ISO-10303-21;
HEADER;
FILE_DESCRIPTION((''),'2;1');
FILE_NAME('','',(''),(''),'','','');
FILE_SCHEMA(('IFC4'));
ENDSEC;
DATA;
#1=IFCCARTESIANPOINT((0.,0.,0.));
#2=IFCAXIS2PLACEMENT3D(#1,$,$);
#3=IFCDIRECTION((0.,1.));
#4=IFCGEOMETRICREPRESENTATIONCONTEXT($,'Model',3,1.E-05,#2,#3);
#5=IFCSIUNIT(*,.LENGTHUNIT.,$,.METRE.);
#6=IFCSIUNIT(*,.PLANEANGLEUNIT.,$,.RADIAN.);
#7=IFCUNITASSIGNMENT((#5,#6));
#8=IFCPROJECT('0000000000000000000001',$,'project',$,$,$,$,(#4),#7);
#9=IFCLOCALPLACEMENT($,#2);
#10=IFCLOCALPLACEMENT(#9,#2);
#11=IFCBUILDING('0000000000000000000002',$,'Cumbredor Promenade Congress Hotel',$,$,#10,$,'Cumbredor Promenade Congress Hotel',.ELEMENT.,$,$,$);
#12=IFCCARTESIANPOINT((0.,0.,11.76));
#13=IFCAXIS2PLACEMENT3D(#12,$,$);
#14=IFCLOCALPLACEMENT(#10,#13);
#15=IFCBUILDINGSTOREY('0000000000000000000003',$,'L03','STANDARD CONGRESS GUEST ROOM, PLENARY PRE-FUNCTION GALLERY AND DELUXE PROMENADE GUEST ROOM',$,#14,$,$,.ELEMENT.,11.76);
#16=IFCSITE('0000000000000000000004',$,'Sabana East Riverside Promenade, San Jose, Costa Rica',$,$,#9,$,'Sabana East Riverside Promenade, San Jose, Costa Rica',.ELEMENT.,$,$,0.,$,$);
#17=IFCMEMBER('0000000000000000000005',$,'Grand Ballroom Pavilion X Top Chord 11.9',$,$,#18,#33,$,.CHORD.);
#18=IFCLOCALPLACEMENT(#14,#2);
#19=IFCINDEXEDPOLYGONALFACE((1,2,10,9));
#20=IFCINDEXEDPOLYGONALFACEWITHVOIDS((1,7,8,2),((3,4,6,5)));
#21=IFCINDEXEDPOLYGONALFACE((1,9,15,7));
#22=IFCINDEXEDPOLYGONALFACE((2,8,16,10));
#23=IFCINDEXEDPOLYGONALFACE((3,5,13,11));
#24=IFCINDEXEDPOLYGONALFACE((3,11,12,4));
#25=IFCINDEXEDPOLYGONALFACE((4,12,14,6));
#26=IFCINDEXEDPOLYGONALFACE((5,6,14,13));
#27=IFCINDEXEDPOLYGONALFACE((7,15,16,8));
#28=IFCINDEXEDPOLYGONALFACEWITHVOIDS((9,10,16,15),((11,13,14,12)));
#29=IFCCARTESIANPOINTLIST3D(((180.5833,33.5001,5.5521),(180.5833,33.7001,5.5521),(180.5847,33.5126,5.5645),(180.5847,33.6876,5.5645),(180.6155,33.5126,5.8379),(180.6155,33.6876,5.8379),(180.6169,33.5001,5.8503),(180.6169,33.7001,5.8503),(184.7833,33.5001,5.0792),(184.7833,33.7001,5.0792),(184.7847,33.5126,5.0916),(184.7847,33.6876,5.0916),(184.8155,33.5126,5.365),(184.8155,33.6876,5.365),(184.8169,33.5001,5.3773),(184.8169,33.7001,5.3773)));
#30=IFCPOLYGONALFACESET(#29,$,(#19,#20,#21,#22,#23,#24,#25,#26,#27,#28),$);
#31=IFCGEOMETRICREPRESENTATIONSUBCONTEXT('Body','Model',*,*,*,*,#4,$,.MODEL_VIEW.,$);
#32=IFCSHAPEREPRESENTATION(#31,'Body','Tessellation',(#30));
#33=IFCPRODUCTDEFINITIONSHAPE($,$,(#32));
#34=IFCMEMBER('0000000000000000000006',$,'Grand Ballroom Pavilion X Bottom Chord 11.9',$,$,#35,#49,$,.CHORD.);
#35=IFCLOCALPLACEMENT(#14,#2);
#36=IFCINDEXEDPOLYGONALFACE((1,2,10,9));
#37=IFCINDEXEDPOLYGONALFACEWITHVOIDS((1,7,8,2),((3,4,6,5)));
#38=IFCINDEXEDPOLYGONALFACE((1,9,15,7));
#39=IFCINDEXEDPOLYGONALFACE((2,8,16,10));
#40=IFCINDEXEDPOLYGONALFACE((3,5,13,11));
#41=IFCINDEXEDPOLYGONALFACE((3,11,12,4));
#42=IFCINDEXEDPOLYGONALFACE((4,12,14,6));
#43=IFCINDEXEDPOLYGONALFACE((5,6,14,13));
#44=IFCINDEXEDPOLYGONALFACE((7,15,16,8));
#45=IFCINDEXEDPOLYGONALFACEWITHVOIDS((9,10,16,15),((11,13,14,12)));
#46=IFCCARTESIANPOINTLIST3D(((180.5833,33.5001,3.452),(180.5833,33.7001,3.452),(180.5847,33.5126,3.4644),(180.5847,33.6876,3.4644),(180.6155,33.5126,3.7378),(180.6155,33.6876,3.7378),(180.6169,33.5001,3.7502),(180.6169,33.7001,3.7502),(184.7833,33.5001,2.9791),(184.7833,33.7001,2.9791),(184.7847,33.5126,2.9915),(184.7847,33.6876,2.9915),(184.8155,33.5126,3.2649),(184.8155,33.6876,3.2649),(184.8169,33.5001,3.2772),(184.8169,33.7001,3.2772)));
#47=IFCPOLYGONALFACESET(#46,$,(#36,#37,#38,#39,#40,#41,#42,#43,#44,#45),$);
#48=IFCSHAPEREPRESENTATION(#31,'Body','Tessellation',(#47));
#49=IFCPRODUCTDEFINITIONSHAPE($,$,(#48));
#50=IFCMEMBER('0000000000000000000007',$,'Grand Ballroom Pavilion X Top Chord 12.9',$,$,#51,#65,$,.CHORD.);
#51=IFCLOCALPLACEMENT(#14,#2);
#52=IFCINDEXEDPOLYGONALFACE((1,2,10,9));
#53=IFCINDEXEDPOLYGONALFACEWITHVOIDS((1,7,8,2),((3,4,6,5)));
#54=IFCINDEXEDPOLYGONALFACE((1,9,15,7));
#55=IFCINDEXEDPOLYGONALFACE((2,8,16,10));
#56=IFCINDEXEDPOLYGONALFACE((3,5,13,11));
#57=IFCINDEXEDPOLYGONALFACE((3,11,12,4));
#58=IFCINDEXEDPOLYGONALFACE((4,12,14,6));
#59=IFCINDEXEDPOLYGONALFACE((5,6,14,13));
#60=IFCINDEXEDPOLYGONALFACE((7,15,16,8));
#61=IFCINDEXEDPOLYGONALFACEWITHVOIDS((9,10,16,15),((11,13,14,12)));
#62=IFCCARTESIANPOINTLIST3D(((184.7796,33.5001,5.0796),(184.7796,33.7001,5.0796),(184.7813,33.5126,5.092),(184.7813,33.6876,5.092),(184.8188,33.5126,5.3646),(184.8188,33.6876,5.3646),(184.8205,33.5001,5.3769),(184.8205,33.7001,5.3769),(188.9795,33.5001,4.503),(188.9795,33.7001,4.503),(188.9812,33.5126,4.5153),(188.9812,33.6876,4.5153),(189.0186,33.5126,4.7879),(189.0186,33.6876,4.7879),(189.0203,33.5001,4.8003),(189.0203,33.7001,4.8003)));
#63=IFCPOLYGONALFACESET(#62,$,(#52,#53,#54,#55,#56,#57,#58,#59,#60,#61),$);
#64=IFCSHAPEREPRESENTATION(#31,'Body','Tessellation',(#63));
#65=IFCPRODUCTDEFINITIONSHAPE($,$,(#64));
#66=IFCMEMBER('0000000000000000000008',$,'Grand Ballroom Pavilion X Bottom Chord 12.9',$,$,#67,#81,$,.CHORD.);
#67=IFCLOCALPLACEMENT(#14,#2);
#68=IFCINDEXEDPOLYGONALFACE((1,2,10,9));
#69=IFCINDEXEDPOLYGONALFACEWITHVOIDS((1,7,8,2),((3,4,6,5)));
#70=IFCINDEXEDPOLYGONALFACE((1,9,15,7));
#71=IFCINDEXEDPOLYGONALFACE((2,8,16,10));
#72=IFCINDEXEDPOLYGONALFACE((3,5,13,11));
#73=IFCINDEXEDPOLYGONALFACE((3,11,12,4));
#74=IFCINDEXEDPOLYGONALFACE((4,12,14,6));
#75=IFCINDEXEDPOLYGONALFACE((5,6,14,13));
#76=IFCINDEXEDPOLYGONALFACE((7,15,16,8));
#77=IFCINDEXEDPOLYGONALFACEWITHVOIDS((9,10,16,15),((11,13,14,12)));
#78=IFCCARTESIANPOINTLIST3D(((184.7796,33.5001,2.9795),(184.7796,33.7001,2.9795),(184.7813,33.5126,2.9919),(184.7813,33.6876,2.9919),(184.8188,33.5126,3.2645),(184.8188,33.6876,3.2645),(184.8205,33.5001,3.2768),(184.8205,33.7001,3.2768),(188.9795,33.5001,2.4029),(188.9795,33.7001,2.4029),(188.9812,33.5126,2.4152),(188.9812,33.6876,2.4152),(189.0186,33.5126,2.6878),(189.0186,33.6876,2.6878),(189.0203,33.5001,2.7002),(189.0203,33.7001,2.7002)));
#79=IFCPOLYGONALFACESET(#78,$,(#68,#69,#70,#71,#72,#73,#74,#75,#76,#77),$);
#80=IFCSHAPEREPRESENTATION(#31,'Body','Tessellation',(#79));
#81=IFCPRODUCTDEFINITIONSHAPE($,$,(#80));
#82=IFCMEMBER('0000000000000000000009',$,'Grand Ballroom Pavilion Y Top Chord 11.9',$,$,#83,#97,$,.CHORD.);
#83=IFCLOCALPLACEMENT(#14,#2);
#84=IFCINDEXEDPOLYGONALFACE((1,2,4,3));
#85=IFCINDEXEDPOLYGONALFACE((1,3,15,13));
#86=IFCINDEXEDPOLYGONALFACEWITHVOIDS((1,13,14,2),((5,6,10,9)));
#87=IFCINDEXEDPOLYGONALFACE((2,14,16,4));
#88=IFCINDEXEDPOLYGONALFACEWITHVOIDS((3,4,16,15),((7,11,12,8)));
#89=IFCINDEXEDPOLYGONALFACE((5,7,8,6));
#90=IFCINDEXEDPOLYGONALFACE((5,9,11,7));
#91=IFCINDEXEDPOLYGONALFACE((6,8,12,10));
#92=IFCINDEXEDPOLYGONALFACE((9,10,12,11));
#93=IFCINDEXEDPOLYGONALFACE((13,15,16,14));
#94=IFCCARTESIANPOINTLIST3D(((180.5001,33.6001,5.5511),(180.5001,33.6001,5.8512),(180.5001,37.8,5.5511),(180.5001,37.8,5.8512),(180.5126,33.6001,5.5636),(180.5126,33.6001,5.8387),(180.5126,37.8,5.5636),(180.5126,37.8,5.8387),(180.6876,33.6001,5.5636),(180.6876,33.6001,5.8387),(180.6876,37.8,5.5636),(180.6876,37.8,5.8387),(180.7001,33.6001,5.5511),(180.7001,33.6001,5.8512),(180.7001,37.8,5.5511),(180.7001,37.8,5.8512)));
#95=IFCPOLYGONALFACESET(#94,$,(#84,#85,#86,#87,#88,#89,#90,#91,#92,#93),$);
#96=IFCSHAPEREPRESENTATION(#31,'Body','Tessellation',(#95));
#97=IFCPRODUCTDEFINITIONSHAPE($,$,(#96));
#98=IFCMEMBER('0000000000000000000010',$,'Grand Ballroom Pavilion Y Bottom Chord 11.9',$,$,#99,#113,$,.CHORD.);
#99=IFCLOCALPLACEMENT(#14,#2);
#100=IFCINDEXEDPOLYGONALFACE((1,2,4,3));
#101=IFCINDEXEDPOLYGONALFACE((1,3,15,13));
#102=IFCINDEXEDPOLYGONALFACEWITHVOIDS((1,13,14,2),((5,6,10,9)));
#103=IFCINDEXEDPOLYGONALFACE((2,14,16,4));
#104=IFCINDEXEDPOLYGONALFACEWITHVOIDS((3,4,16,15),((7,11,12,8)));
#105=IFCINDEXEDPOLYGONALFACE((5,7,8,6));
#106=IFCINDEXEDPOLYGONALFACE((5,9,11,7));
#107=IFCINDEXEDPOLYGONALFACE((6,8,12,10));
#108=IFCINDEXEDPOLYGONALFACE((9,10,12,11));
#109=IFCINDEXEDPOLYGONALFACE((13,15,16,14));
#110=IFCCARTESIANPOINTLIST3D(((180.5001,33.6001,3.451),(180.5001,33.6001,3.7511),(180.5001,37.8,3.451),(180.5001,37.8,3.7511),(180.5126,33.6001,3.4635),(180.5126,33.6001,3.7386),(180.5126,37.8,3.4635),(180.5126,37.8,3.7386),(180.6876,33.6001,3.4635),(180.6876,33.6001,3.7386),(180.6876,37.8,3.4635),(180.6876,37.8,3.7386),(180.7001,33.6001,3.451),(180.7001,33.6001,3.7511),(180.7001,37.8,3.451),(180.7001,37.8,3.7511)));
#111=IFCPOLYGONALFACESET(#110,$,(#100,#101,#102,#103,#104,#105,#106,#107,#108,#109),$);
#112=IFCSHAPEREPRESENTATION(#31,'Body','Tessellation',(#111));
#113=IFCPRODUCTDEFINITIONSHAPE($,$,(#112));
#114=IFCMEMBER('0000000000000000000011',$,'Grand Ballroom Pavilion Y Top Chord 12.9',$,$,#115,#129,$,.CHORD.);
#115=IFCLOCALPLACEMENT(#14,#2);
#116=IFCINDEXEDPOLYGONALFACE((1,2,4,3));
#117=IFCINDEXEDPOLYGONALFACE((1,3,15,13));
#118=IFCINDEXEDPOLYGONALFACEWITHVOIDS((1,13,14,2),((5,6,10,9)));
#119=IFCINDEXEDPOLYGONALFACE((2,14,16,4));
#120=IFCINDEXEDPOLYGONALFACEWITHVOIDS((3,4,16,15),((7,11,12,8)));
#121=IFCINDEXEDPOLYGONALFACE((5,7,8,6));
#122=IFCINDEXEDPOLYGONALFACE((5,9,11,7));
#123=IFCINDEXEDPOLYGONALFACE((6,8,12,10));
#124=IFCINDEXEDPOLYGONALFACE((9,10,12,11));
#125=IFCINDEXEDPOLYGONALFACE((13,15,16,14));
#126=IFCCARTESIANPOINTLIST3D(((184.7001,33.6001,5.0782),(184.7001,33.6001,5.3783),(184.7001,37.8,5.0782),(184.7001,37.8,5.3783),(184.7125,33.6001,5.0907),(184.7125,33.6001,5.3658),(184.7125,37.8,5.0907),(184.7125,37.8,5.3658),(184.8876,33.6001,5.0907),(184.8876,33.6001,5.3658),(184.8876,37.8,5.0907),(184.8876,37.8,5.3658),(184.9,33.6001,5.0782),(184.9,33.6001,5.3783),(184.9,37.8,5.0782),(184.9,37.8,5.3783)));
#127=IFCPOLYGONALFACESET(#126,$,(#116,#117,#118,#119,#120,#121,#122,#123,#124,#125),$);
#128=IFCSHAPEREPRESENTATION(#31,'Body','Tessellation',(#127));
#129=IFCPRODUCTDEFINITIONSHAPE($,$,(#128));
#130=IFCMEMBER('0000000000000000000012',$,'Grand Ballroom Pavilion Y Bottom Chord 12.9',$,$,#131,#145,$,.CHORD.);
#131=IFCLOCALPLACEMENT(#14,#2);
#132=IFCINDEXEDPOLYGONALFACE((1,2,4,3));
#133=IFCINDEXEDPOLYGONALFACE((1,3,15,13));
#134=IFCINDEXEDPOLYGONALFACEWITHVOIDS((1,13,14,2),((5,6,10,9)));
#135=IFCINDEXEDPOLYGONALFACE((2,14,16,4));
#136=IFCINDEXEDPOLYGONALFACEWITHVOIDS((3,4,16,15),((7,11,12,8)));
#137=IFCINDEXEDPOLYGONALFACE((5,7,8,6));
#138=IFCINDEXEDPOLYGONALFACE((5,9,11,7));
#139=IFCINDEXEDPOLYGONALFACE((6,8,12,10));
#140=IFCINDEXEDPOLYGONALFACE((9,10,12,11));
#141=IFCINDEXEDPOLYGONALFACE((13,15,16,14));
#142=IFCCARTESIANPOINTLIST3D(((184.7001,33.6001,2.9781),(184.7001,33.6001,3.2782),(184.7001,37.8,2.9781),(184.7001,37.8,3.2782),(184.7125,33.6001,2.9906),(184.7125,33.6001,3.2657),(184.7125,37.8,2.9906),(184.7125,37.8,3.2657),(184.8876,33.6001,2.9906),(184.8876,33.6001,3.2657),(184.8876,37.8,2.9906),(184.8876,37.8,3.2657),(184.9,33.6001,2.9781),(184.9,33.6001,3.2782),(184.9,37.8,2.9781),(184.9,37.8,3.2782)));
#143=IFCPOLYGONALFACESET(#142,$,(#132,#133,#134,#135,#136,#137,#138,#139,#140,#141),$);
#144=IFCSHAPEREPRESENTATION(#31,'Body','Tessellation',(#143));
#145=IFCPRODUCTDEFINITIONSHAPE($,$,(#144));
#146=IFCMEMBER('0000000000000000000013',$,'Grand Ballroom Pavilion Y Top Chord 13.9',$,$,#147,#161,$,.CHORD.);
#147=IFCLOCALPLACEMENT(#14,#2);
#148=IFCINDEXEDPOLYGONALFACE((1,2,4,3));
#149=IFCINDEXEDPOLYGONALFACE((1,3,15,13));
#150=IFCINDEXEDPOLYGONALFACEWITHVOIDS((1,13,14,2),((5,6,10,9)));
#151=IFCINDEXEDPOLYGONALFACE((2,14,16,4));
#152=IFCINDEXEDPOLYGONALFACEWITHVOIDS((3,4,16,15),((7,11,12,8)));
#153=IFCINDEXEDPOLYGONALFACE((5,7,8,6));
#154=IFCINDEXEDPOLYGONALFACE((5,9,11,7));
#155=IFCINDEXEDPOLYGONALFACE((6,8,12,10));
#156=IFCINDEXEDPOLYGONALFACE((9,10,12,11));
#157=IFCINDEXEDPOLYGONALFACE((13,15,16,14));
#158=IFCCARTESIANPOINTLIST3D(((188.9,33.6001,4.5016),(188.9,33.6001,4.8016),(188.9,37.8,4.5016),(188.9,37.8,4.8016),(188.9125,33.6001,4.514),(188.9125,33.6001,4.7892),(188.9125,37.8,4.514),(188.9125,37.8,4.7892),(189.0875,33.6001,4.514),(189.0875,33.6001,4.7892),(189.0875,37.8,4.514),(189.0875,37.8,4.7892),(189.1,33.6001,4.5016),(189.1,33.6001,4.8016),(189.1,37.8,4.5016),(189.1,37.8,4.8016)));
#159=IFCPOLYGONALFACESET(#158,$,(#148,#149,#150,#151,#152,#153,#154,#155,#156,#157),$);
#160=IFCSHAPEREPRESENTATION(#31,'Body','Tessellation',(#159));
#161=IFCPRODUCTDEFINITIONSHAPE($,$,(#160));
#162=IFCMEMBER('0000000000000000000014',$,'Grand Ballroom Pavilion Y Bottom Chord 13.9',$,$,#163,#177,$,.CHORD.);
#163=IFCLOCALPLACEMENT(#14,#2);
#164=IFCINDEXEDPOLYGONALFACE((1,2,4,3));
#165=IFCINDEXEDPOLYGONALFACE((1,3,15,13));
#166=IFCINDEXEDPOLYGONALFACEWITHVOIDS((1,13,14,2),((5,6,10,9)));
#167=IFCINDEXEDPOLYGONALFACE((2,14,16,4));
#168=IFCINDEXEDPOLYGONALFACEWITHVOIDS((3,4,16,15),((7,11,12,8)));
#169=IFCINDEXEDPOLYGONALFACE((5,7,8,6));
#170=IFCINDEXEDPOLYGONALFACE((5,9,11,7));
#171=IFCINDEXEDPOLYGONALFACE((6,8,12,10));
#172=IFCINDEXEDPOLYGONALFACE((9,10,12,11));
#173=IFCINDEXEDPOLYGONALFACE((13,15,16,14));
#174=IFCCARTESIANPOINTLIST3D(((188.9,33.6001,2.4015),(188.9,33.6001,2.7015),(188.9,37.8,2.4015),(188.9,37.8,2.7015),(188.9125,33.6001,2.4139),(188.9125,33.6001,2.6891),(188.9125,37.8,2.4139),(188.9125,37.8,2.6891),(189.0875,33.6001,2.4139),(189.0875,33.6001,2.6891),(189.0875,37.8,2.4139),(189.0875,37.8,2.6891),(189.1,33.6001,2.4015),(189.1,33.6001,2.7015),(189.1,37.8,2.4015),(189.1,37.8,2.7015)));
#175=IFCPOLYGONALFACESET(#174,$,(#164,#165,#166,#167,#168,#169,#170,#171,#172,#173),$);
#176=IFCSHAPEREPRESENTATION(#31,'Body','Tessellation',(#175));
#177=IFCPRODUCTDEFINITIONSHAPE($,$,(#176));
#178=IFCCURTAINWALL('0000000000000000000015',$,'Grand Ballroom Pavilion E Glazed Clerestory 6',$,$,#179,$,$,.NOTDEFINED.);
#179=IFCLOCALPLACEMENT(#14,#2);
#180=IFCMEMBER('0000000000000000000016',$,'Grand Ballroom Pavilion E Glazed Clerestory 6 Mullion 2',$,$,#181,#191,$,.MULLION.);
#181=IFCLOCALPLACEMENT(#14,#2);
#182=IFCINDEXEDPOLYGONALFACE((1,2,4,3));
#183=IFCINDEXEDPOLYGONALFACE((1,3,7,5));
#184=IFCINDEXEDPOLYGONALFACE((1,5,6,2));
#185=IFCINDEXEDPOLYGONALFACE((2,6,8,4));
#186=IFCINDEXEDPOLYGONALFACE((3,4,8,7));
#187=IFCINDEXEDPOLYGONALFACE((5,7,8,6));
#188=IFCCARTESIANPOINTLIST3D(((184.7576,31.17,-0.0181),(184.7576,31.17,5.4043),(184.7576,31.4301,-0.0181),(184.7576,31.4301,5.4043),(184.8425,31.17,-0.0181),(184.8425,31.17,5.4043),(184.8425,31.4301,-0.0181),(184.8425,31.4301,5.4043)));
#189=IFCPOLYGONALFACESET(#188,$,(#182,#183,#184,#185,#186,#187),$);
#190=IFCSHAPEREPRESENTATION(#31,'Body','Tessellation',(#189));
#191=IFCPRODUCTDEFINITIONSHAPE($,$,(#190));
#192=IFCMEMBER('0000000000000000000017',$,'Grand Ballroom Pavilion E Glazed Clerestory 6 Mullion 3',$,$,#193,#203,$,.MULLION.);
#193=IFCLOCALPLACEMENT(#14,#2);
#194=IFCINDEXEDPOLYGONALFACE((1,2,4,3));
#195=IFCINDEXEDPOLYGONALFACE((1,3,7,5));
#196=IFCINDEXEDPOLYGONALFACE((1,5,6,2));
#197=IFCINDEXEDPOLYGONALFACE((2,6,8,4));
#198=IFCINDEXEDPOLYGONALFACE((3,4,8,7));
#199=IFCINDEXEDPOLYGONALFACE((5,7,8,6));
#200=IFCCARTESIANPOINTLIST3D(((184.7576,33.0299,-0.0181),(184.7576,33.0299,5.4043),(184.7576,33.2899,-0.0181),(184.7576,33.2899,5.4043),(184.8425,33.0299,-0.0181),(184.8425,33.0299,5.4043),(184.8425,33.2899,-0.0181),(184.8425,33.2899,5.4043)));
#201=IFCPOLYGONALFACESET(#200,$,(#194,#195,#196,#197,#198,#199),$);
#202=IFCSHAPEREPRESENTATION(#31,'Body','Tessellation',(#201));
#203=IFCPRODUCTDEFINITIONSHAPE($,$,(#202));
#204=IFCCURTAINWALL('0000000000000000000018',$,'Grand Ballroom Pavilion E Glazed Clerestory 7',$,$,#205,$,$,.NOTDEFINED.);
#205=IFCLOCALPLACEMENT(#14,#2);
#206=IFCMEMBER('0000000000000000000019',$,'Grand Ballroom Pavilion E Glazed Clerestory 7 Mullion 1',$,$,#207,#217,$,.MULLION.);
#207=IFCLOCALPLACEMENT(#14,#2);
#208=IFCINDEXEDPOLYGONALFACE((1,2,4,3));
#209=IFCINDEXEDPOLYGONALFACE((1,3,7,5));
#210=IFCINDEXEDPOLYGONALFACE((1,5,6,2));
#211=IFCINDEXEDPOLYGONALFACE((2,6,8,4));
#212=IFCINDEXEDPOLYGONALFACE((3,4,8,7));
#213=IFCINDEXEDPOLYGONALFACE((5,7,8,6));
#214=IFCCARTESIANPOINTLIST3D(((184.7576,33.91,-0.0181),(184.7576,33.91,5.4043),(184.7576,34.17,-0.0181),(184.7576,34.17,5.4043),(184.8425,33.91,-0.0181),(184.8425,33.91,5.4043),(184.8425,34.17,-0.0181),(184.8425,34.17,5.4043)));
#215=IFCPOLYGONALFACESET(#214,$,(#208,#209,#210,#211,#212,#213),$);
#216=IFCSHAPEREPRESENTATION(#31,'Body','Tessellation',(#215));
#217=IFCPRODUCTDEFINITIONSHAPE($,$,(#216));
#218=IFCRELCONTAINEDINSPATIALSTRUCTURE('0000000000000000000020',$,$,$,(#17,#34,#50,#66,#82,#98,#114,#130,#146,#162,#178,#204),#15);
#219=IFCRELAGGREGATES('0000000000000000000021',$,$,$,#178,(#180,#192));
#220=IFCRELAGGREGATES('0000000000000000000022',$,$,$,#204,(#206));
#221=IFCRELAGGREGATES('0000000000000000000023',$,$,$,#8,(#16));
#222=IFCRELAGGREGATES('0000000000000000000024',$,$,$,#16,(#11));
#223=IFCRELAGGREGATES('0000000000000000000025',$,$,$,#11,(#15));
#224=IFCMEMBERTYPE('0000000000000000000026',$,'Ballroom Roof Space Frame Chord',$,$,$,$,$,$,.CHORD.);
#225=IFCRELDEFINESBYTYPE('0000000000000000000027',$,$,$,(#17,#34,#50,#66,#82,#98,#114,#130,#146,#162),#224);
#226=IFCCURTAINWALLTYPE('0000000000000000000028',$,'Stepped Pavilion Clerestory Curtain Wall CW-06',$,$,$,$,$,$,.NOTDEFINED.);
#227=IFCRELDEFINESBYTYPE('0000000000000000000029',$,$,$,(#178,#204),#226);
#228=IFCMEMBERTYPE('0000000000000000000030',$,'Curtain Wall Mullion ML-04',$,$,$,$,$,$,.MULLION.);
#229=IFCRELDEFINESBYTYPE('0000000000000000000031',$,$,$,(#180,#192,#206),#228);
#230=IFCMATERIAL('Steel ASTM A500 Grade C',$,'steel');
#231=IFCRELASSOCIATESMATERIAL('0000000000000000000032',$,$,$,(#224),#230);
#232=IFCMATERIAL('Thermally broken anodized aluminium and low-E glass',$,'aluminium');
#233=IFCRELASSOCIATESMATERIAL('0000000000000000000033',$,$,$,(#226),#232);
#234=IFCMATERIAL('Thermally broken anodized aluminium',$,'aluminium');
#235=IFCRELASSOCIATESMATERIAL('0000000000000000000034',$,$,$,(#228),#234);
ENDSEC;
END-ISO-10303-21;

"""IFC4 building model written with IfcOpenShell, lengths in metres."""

from ifc_helpers import new_model, si_unit, direction, frame, origin, origin_2d, place, context, subcontext, project, spatial, rectangle, hollow_rectangle, extrude, material, material_profile, profile_set, type_object, element, aggregate, save


model = new_model("IFC4")

# Units and contexts
model_context = context("Model", 3, precision=1e-05, world=origin(), true_north=direction((0.0, 1.0)))
body_context = subcontext(model_context, "Body", "Model", "MODEL_VIEW")
ifc_project = project(units=[si_unit("LENGTHUNIT", "METRE"), si_unit("PLANEANGLEUNIT", "RADIAN")], contexts=[model_context])

# Site, building, storey
site_placement = place(None, origin())
site = spatial("IfcSite", under=ifc_project, at=site_placement, Name="Sabana East Riverside Promenade, San Jose, Costa Rica", LongName="Sabana East Riverside Promenade, San Jose, Costa Rica", CompositionType="ELEMENT", RefElevation=0.0)
building_placement = place(site_placement, origin())
building = spatial("IfcBuilding", under=site, at=building_placement, Name="Cumbredor Promenade Congress Hotel", LongName="Cumbredor Promenade Congress Hotel", CompositionType="ELEMENT")
storey_placement = place(building_placement, frame((0.0, 0.0, 11.76)))
storey = spatial("IfcBuildingStorey", under=building, at=storey_placement, Name="L03", Description="STANDARD CONGRESS GUEST ROOM, PLENARY PRE-FUNCTION GALLERY AND DELUXE PROMENADE GUEST ROOM", CompositionType="ELEMENT", Elevation=11.76)

# Members
ifc_material_1 = material(Name="Steel ASTM A500 Grade C", Category="steel")
ifc_material_profile_1 = material_profile(ifc_material_1, hollow_rectangle(XDim=0.2, YDim=0.3, WallThickness=0.0125, at=origin_2d()), Name="HSS 300x200x12.5")
ifc_profile_set_1 = profile_set([ifc_material_profile_1], Name="Steel ASTM A500 Grade C")
member_type_1 = type_object("IfcMemberType", Name="Ballroom Roof Space Frame Chord", PredefinedType="CHORD", material=ifc_profile_set_1)
for number, where, z_axis, x_axis, name in (
    (1, (180.6001, 33.6001, 5.7012), (0.993721, 0.0, -0.11189), (0.0, 1.0, 0.0), "Grand Ballroom Pavilion X Top Chord 11.9"),
    (2, (180.6001, 33.6001, 3.6011), (0.993721, 0.0, -0.11189), (0.0, 1.0, 0.0), "Grand Ballroom Pavilion X Bottom Chord 11.9"),
):
    element("IfcMember", number, at=place(storey_placement, frame(where, z_axis=z_axis, x_axis=x_axis)), inside=storey, type_object=member_type_1, Name=name, PredefinedType="CHORD", context=body_context, shape_type="SweptSolid", body=[
        extrude(hollow_rectangle(XDim=0.2, YDim=0.3, WallThickness=0.0125, at=origin_2d()), origin(), (0.0, 0.0, 1.0), 4.2266),
    ])
for number, where, z_axis, x_axis, name in (
    (3, (184.8, 33.6001, 5.2283), (0.990705, 0.0, -0.136025), (0.0, 1.0, 0.0), "Grand Ballroom Pavilion X Top Chord 12.9"),
    (4, (184.8, 33.6001, 3.1282), (0.990705, 0.0, -0.136025), (0.0, 1.0, 0.0), "Grand Ballroom Pavilion X Bottom Chord 12.9"),
):
    element("IfcMember", number, at=place(storey_placement, frame(where, z_axis=z_axis, x_axis=x_axis)), inside=storey, type_object=member_type_1, Name=name, PredefinedType="CHORD", context=body_context, shape_type="SweptSolid", body=[
        extrude(hollow_rectangle(XDim=0.2, YDim=0.3, WallThickness=0.0125, at=origin_2d()), origin(), (0.0, 0.0, 1.0), 4.2393),
    ])
for number, where, z_axis, x_axis, name in (
    (5, (180.6001, 33.6001, 5.7012), (0.0, 1.0, 0.0), (-1.0, 0.0, 0.0), "Grand Ballroom Pavilion Y Top Chord 11.9"),
    (6, (180.6001, 33.6001, 3.6011), (0.0, 1.0, 0.0), (-1.0, 0.0, 0.0), "Grand Ballroom Pavilion Y Bottom Chord 11.9"),
    (7, (184.8, 33.6001, 5.2283), (0.0, 1.0, 0.0), (-1.0, 0.0, 0.0), "Grand Ballroom Pavilion Y Top Chord 12.9"),
    (8, (184.8, 33.6001, 3.1282), (0.0, 1.0, 0.0), (-1.0, 0.0, 0.0), "Grand Ballroom Pavilion Y Bottom Chord 12.9"),
    (9, (189.0, 33.6001, 4.6516), (0.0, 1.0, 0.0), (-1.0, 0.0, 0.0), "Grand Ballroom Pavilion Y Top Chord 13.9"),
    (10, (189.0, 33.6001, 2.5515), (0.0, 1.0, 0.0), (-1.0, 0.0, 0.0), "Grand Ballroom Pavilion Y Bottom Chord 13.9"),
):
    element("IfcMember", number, at=place(storey_placement, frame(where, z_axis=z_axis, x_axis=x_axis)), inside=storey, type_object=member_type_1, Name=name, PredefinedType="CHORD", context=body_context, shape_type="SweptSolid", body=[
        extrude(hollow_rectangle(XDim=0.2, YDim=0.3, WallThickness=0.0125, at=origin_2d()), origin(), (0.0, 0.0, 1.0), 4.2),
    ])

# Curtain wall, members
ifc_material_2 = material(Name="Thermally broken anodized aluminium and low-E glass", Category="aluminium")
curtain_wall_type = type_object("IfcCurtainWallType", Name="Stepped Pavilion Clerestory Curtain Wall CW-06", PredefinedType="NOTDEFINED", material=ifc_material_2)
curtain_wall_1_placement = place(storey_placement, origin())
curtain_wall_1 = element("IfcCurtainWall", 11, at=curtain_wall_1_placement, inside=storey, type_object=curtain_wall_type, Name="Grand Ballroom Pavilion E Glazed Clerestory 6", PredefinedType="NOTDEFINED")
ifc_material_3 = material(Name="Thermally broken anodized aluminium", Category="aluminium")
ifc_material_profile_2 = material_profile(ifc_material_3, rectangle(XDim=0.085, YDim=0.26, at=origin_2d()), Name="ALU MULLION CLERESTORY 85x260")
ifc_profile_set_2 = profile_set([ifc_material_profile_2], Name="Thermally broken anodized aluminium")
member_type_2 = type_object("IfcMemberType", Name="Curtain Wall Mullion ML-04", PredefinedType="MULLION", material=ifc_profile_set_2)
member_1_placement = place(storey_placement, frame((184.8, 31.3, -0.0181), z_axis=(0.0, 0.0, 1.0), x_axis=(1.0, 0.0, 0.0)))
member_1 = element("IfcMember", 12, at=member_1_placement, type_object=member_type_2, Name="Grand Ballroom Pavilion E Glazed Clerestory 6 Mullion 2", PredefinedType="MULLION", context=body_context, shape_type="SweptSolid", body=[
    extrude(rectangle(XDim=0.085, YDim=0.26, at=origin_2d()), origin(), (0.0, 0.0, 1.0), 5.4224),
])
member_2_placement = place(storey_placement, frame((184.8, 33.1599, -0.0181), z_axis=(0.0, 0.0, 1.0), x_axis=(1.0, 0.0, 0.0)))
member_2 = element("IfcMember", 13, at=member_2_placement, type_object=member_type_2, Name="Grand Ballroom Pavilion E Glazed Clerestory 6 Mullion 3", PredefinedType="MULLION", context=body_context, shape_type="SweptSolid", body=[
    extrude(rectangle(XDim=0.085, YDim=0.26, at=origin_2d()), origin(), (0.0, 0.0, 1.0), 5.4224),
])

# Curtain wall, member
curtain_wall_2_placement = place(storey_placement, origin())
curtain_wall_2 = element("IfcCurtainWall", 14, at=curtain_wall_2_placement, inside=storey, type_object=curtain_wall_type, Name="Grand Ballroom Pavilion E Glazed Clerestory 7", PredefinedType="NOTDEFINED")
member_3_placement = place(storey_placement, frame((184.8, 34.04, -0.0181), z_axis=(0.0, 0.0, 1.0), x_axis=(1.0, 0.0, 0.0)))
member_3 = element("IfcMember", 15, at=member_3_placement, type_object=member_type_2, Name="Grand Ballroom Pavilion E Glazed Clerestory 7 Mullion 1", PredefinedType="MULLION", context=body_context, shape_type="SweptSolid", body=[
    extrude(rectangle(XDim=0.085, YDim=0.26, at=origin_2d()), origin(), (0.0, 0.0, 1.0), 5.4224),
])

aggregate(curtain_wall_1, [member_1, member_2])
aggregate(curtain_wall_2, [member_3])

save(model, "model.ifc")
